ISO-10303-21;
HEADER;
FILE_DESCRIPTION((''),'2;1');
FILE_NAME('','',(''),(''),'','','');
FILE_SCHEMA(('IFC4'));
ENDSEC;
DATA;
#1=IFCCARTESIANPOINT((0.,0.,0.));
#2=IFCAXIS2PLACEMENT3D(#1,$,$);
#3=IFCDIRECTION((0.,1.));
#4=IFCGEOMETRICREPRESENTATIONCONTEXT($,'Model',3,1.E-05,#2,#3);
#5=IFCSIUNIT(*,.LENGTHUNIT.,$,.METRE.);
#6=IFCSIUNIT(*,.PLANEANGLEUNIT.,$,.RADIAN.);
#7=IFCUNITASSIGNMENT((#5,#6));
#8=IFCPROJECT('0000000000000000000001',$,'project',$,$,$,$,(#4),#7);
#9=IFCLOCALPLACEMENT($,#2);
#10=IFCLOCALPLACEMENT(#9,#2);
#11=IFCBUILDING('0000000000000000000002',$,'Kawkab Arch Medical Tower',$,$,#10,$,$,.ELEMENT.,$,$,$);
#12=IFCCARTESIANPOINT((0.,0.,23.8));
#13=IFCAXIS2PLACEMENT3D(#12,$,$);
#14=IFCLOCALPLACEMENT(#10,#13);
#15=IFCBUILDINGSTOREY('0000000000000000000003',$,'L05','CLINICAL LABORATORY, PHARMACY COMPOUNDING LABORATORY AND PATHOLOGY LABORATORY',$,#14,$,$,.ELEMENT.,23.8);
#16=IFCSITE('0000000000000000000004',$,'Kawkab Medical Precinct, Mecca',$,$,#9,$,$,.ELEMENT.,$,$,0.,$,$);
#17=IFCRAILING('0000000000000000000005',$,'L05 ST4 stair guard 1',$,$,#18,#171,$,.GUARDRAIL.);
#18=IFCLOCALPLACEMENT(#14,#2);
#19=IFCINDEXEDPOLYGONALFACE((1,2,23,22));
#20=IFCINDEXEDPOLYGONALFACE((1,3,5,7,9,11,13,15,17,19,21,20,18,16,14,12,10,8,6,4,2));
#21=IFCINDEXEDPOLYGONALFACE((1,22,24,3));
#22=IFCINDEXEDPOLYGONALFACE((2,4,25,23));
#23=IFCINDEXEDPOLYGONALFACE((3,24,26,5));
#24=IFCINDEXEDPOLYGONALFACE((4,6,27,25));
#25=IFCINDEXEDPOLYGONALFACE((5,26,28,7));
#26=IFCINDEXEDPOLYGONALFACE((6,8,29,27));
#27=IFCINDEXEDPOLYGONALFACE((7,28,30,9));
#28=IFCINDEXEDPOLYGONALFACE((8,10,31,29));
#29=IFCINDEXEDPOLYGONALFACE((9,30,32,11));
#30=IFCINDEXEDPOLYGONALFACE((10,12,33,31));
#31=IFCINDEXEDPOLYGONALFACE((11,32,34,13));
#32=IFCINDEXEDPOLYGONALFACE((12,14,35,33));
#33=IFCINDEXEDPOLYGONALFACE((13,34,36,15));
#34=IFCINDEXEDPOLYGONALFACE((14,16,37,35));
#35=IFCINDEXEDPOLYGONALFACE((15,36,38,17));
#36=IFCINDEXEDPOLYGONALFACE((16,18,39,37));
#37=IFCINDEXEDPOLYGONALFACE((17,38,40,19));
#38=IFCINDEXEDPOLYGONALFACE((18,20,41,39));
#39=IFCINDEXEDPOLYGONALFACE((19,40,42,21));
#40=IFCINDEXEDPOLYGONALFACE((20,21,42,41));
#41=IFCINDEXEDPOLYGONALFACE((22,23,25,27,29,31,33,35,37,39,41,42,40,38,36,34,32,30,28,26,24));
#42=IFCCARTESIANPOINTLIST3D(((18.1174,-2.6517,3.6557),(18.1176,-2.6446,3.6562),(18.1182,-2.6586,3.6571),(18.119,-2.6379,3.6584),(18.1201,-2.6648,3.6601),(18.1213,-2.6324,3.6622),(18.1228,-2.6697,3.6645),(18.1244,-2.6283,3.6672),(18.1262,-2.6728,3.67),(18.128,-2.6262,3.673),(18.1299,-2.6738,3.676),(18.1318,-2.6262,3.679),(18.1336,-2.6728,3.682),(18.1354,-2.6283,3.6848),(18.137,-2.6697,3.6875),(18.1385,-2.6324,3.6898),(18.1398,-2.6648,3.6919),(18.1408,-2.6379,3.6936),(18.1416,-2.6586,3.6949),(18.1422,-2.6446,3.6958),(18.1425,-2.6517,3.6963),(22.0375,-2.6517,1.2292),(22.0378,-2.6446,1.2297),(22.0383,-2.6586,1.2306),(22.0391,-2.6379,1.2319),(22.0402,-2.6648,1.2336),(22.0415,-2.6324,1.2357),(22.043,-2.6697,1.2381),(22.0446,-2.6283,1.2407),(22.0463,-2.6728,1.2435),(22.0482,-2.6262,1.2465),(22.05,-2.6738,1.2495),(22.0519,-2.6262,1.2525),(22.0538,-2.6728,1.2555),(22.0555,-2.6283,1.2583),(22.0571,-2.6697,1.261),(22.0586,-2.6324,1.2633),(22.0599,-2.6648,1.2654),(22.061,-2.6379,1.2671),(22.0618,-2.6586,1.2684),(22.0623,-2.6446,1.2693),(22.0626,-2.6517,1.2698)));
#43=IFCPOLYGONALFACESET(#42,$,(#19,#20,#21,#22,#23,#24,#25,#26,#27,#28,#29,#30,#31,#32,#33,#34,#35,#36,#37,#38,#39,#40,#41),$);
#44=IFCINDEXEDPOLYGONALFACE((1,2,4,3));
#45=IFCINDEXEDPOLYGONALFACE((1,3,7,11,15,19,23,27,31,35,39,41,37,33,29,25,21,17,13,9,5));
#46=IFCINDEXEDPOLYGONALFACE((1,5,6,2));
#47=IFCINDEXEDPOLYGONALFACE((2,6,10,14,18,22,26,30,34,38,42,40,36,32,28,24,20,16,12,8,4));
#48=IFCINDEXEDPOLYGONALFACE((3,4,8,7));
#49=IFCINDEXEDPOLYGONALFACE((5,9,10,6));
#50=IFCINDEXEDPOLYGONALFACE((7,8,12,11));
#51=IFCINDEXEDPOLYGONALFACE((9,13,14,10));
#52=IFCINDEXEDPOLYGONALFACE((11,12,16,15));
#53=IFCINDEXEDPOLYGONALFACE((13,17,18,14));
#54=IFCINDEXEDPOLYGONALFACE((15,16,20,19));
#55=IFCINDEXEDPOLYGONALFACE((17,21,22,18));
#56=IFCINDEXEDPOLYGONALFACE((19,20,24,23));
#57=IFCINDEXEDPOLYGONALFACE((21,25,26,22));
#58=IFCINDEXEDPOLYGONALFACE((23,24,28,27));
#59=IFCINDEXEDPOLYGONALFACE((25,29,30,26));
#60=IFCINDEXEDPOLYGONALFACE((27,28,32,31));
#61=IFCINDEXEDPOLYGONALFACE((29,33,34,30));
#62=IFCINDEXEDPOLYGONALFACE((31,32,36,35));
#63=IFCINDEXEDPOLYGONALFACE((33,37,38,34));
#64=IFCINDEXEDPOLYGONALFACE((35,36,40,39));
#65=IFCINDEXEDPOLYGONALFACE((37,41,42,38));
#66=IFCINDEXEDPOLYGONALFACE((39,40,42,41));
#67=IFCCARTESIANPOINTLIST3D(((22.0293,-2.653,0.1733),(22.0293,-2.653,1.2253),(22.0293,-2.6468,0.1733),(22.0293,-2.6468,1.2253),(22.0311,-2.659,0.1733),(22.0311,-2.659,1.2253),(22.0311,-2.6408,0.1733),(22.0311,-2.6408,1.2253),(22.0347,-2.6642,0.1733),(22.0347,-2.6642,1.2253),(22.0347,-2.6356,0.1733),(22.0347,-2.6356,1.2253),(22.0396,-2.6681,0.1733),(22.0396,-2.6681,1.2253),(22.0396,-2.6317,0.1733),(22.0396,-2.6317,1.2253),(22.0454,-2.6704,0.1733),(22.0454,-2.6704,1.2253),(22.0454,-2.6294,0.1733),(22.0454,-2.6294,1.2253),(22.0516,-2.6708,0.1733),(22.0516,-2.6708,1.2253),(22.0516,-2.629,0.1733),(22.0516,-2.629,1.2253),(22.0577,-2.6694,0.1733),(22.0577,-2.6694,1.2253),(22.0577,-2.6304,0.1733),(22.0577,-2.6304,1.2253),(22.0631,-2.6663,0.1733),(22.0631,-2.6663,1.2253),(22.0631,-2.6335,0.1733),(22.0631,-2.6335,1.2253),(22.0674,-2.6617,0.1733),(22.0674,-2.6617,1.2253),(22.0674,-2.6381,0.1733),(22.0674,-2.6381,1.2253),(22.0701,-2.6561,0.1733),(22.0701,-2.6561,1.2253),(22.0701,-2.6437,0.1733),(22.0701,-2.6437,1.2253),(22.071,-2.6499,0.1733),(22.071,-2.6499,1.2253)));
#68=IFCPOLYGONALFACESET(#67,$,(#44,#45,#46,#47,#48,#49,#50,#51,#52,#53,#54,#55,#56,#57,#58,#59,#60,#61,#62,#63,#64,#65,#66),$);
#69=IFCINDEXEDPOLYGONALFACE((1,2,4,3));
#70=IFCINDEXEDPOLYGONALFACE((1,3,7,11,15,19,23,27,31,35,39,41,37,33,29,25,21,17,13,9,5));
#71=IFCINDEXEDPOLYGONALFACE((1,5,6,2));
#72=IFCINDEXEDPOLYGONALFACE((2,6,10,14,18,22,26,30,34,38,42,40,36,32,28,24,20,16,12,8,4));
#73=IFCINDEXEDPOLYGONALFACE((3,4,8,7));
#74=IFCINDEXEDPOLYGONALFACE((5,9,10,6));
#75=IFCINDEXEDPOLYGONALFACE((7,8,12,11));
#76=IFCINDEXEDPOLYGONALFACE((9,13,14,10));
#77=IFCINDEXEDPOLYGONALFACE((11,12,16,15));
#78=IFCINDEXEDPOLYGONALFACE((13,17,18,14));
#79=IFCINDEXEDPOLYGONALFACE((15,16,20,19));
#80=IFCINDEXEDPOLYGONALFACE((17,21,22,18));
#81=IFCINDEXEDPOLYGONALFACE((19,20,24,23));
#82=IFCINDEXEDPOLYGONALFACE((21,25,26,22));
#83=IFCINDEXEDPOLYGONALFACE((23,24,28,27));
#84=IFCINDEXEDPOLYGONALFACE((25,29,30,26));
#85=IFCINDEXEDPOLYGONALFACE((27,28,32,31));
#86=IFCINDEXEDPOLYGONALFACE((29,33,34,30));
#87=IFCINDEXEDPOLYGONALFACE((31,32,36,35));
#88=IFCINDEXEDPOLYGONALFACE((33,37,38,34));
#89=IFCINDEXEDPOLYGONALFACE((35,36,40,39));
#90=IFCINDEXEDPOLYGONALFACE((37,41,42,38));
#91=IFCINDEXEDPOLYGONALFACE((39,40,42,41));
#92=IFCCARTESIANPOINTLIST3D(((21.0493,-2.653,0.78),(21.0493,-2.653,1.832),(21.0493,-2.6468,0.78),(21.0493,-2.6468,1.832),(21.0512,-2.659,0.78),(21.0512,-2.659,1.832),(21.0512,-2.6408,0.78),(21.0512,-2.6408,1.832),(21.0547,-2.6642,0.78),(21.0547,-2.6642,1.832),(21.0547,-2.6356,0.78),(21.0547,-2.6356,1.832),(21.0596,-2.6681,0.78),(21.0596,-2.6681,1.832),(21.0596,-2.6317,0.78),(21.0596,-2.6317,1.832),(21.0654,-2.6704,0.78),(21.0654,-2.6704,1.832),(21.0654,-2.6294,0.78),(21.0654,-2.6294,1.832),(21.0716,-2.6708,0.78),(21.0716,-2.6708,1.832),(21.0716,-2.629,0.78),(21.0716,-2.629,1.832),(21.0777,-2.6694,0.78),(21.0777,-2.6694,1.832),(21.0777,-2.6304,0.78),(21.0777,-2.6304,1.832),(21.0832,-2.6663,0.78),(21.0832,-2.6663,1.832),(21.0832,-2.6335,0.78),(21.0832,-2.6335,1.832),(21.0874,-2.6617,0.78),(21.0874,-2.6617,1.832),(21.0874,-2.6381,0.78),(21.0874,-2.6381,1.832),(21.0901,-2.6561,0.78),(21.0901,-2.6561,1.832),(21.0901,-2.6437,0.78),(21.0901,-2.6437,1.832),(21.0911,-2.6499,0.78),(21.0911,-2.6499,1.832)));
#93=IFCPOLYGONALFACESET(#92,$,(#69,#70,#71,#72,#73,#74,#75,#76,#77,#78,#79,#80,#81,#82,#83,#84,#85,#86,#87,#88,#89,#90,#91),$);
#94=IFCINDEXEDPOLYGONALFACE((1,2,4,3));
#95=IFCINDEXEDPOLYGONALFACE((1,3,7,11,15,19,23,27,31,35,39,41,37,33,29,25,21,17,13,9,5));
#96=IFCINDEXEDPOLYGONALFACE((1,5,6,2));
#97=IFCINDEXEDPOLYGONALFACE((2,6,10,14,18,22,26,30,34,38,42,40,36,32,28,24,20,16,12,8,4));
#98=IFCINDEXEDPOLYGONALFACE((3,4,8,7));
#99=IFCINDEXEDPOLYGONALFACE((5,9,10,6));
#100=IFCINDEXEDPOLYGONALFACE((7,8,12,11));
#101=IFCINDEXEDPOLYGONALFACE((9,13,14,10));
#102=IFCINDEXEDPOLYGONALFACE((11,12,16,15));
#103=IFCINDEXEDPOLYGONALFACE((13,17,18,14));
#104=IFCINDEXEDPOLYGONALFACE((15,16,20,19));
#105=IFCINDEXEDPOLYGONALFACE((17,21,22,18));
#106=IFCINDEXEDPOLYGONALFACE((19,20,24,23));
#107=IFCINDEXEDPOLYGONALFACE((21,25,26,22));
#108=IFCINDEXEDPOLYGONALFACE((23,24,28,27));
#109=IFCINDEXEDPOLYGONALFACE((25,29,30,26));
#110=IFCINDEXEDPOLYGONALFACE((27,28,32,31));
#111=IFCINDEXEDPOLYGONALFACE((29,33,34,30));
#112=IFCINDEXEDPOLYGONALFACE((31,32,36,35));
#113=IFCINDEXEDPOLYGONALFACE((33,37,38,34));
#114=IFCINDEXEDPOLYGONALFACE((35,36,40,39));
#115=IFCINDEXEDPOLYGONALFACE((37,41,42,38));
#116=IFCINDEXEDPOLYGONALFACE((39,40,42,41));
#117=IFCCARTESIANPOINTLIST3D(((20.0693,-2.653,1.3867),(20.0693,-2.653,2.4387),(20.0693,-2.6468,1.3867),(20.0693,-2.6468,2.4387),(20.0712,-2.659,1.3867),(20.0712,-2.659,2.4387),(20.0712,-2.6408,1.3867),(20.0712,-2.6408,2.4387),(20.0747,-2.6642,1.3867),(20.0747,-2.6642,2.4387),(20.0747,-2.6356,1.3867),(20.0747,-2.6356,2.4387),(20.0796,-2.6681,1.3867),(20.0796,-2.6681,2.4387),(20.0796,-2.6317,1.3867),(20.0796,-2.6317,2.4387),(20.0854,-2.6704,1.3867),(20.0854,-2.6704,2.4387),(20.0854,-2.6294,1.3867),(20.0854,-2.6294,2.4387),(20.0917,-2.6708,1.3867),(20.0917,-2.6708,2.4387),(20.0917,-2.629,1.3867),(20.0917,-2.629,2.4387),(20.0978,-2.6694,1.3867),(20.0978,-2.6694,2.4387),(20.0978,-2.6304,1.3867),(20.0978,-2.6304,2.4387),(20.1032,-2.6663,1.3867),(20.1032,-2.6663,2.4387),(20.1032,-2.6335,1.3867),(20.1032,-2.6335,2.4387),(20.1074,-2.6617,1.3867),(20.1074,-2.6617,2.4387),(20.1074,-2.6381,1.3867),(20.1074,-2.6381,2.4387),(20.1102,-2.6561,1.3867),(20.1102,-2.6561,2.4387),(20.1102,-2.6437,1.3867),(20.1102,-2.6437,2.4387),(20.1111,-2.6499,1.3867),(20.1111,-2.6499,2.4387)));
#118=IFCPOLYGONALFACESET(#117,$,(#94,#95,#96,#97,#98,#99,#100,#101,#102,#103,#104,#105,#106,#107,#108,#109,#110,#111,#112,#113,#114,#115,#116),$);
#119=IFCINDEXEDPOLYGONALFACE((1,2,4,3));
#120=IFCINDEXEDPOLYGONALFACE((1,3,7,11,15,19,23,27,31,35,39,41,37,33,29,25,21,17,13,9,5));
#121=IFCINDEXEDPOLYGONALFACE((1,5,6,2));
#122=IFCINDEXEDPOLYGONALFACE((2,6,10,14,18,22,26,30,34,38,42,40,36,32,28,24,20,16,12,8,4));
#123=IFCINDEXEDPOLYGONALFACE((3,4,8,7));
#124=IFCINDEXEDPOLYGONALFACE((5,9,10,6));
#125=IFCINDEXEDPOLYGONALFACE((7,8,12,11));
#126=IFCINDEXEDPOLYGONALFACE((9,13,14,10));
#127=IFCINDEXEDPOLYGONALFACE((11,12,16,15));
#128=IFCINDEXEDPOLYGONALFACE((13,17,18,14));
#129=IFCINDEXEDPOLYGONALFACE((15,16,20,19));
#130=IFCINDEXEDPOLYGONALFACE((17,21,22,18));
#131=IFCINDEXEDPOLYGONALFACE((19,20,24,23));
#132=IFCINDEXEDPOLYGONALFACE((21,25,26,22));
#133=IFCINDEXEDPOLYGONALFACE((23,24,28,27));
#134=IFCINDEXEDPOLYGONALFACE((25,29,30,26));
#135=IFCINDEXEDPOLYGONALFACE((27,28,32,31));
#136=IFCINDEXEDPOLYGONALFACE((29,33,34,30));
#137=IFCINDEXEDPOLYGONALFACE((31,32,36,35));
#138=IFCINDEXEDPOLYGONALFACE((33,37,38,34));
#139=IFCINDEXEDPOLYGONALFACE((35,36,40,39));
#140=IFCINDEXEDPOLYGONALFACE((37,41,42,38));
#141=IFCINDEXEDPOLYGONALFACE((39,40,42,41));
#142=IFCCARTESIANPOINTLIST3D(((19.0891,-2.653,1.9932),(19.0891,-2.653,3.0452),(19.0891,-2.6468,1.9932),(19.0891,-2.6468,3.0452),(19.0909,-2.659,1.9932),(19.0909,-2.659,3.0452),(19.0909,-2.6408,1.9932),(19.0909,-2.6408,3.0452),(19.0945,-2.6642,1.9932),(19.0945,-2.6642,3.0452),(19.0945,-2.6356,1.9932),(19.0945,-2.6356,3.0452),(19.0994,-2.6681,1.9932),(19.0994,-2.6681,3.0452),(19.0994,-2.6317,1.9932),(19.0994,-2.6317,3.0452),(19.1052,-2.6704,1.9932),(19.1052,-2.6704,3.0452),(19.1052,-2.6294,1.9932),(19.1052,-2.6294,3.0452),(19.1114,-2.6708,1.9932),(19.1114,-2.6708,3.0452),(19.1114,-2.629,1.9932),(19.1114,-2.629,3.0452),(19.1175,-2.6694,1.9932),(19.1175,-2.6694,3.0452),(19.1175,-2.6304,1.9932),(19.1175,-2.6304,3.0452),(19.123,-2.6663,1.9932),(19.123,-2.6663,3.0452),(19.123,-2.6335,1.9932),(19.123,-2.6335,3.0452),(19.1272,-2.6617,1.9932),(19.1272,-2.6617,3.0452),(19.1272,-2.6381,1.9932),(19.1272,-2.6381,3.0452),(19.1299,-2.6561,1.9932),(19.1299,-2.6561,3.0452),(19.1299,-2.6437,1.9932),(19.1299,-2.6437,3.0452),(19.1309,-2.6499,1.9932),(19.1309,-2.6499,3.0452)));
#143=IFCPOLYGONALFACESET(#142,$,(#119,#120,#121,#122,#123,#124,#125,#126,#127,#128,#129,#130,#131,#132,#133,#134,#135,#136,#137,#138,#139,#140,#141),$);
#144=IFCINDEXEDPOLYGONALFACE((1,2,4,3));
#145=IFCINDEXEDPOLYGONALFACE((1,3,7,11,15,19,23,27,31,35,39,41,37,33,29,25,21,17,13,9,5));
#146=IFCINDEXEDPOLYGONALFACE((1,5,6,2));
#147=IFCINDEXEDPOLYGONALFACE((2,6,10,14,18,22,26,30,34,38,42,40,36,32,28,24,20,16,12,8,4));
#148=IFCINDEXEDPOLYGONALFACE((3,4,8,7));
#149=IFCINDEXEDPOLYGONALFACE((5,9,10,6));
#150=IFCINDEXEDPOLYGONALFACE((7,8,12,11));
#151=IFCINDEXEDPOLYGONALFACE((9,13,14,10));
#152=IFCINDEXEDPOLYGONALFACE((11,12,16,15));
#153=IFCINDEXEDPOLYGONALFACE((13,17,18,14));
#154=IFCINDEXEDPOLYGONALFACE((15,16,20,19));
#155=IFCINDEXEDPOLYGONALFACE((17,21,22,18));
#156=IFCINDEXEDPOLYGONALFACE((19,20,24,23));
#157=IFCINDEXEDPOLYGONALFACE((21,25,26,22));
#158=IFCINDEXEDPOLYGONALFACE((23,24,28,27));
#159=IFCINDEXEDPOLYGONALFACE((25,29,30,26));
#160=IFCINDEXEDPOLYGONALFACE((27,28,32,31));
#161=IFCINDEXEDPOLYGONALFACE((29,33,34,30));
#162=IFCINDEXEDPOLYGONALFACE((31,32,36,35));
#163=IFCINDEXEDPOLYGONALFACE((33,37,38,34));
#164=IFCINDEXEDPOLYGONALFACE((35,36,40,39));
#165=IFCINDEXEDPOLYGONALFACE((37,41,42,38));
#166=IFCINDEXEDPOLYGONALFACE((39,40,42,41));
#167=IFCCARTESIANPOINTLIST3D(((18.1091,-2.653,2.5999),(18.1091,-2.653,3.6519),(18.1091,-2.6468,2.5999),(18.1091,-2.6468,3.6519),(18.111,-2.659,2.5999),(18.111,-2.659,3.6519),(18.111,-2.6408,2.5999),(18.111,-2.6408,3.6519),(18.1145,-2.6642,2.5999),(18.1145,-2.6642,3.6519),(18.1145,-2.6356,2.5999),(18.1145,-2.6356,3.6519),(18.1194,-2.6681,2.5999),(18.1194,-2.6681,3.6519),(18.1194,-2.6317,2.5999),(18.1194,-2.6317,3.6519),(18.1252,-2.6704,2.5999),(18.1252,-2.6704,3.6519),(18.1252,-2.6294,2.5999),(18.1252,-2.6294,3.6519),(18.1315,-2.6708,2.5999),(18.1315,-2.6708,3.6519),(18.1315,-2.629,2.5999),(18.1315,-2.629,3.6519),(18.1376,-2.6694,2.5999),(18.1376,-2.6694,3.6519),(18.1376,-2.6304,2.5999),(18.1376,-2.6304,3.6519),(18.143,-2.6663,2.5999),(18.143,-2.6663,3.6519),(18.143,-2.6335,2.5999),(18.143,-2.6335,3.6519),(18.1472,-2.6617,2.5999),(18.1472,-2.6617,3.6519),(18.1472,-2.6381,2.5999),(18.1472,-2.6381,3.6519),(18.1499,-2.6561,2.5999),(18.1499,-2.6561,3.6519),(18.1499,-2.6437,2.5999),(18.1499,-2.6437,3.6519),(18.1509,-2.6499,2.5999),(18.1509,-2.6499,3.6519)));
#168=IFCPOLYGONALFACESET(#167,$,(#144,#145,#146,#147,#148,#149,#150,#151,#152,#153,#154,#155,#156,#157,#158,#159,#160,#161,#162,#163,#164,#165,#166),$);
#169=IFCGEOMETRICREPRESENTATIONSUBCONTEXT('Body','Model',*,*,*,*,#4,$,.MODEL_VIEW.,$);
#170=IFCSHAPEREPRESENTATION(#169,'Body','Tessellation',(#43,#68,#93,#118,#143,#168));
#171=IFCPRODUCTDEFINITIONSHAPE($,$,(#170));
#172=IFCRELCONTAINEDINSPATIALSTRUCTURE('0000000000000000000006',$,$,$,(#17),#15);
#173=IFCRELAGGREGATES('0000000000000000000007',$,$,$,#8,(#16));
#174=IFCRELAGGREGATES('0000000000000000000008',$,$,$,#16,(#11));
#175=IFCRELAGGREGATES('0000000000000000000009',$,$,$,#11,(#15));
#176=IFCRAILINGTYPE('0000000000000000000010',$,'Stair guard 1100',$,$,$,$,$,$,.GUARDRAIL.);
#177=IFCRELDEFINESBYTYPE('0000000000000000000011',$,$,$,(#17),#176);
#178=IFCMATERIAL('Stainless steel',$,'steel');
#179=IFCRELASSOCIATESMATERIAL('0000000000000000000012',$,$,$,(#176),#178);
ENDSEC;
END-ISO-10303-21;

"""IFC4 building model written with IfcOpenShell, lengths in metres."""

from ifc_helpers import new_model, si_unit, direction, frame, origin, origin_2d, place, context, subcontext, project, spatial, circle, extrude, material, type_object, element, save


model = new_model("IFC4")

# Units and contexts
model_context = context("Model", 3, precision=1e-05, world=origin(), true_north=direction((0.0, 1.0)))
body_context = subcontext(model_context, "Body", "Model", "MODEL_VIEW")
ifc_project = project(units=[si_unit("LENGTHUNIT", "METRE"), si_unit("PLANEANGLEUNIT", "RADIAN")], contexts=[model_context])

# Site, building, storey
site_placement = place(None, origin())
site = spatial("IfcSite", under=ifc_project, at=site_placement, Name="Kawkab Medical Precinct, Mecca", CompositionType="ELEMENT", RefElevation=0.0)
building_placement = place(site_placement, origin())
building = spatial("IfcBuilding", under=site, at=building_placement, Name="Kawkab Arch Medical Tower", CompositionType="ELEMENT")
storey_placement = place(building_placement, frame((0.0, 0.0, 23.8)))
storey = spatial("IfcBuildingStorey", under=building, at=storey_placement, Name="L05", Description="CLINICAL LABORATORY, PHARMACY COMPOUNDING LABORATORY AND PATHOLOGY LABORATORY", CompositionType="ELEMENT", Elevation=23.8)

# Railing
ifc_material_1 = material(Name="Stainless steel", Category="steel")
railing_type = type_object("IfcRailingType", Name="Stair guard 1100", PredefinedType="GUARDRAIL", material=ifc_material_1)
railing_1_placement = place(storey_placement, frame((22.05, -2.6499, 0.1733)))
element("IfcRailing", 1, at=railing_1_placement, inside=storey, type_object=railing_type, Name="L05 ST4 stair guard 1", PredefinedType="GUARDRAIL", context=body_context, shape_type="SweptSolid", body=[
    extrude(circle(Radius=0.0239, at=origin_2d()), frame((0.0, 0.0, 1.0762), z_axis=(-0.85029, 0.0, 0.526315), x_axis=(0.0, -1.0, 0.0)), (0.0, 0.0, 1.0), 4.6104),
    extrude(circle(Radius=0.021, at=origin_2d()), origin(), (0.0, 0.0, 1.0), 1.052),
    extrude(circle(Radius=0.021, at=origin_2d()), frame((-0.98, 0.0, 0.6067)), (0.0, 0.0, 1.0), 1.052),
    extrude(circle(Radius=0.021, at=origin_2d()), frame((-1.96, 0.0, 1.2134)), (0.0, 0.0, 1.0), 1.052),
    extrude(circle(Radius=0.021, at=origin_2d()), frame((-2.9402, 0.0, 1.8198)), (0.0, 0.0, 1.0), 1.052),
    extrude(circle(Radius=0.021, at=origin_2d()), frame((-3.9202, 0.0, 2.4265)), (0.0, 0.0, 1.0), 1.052),
])

save(model, "model.ifc")
